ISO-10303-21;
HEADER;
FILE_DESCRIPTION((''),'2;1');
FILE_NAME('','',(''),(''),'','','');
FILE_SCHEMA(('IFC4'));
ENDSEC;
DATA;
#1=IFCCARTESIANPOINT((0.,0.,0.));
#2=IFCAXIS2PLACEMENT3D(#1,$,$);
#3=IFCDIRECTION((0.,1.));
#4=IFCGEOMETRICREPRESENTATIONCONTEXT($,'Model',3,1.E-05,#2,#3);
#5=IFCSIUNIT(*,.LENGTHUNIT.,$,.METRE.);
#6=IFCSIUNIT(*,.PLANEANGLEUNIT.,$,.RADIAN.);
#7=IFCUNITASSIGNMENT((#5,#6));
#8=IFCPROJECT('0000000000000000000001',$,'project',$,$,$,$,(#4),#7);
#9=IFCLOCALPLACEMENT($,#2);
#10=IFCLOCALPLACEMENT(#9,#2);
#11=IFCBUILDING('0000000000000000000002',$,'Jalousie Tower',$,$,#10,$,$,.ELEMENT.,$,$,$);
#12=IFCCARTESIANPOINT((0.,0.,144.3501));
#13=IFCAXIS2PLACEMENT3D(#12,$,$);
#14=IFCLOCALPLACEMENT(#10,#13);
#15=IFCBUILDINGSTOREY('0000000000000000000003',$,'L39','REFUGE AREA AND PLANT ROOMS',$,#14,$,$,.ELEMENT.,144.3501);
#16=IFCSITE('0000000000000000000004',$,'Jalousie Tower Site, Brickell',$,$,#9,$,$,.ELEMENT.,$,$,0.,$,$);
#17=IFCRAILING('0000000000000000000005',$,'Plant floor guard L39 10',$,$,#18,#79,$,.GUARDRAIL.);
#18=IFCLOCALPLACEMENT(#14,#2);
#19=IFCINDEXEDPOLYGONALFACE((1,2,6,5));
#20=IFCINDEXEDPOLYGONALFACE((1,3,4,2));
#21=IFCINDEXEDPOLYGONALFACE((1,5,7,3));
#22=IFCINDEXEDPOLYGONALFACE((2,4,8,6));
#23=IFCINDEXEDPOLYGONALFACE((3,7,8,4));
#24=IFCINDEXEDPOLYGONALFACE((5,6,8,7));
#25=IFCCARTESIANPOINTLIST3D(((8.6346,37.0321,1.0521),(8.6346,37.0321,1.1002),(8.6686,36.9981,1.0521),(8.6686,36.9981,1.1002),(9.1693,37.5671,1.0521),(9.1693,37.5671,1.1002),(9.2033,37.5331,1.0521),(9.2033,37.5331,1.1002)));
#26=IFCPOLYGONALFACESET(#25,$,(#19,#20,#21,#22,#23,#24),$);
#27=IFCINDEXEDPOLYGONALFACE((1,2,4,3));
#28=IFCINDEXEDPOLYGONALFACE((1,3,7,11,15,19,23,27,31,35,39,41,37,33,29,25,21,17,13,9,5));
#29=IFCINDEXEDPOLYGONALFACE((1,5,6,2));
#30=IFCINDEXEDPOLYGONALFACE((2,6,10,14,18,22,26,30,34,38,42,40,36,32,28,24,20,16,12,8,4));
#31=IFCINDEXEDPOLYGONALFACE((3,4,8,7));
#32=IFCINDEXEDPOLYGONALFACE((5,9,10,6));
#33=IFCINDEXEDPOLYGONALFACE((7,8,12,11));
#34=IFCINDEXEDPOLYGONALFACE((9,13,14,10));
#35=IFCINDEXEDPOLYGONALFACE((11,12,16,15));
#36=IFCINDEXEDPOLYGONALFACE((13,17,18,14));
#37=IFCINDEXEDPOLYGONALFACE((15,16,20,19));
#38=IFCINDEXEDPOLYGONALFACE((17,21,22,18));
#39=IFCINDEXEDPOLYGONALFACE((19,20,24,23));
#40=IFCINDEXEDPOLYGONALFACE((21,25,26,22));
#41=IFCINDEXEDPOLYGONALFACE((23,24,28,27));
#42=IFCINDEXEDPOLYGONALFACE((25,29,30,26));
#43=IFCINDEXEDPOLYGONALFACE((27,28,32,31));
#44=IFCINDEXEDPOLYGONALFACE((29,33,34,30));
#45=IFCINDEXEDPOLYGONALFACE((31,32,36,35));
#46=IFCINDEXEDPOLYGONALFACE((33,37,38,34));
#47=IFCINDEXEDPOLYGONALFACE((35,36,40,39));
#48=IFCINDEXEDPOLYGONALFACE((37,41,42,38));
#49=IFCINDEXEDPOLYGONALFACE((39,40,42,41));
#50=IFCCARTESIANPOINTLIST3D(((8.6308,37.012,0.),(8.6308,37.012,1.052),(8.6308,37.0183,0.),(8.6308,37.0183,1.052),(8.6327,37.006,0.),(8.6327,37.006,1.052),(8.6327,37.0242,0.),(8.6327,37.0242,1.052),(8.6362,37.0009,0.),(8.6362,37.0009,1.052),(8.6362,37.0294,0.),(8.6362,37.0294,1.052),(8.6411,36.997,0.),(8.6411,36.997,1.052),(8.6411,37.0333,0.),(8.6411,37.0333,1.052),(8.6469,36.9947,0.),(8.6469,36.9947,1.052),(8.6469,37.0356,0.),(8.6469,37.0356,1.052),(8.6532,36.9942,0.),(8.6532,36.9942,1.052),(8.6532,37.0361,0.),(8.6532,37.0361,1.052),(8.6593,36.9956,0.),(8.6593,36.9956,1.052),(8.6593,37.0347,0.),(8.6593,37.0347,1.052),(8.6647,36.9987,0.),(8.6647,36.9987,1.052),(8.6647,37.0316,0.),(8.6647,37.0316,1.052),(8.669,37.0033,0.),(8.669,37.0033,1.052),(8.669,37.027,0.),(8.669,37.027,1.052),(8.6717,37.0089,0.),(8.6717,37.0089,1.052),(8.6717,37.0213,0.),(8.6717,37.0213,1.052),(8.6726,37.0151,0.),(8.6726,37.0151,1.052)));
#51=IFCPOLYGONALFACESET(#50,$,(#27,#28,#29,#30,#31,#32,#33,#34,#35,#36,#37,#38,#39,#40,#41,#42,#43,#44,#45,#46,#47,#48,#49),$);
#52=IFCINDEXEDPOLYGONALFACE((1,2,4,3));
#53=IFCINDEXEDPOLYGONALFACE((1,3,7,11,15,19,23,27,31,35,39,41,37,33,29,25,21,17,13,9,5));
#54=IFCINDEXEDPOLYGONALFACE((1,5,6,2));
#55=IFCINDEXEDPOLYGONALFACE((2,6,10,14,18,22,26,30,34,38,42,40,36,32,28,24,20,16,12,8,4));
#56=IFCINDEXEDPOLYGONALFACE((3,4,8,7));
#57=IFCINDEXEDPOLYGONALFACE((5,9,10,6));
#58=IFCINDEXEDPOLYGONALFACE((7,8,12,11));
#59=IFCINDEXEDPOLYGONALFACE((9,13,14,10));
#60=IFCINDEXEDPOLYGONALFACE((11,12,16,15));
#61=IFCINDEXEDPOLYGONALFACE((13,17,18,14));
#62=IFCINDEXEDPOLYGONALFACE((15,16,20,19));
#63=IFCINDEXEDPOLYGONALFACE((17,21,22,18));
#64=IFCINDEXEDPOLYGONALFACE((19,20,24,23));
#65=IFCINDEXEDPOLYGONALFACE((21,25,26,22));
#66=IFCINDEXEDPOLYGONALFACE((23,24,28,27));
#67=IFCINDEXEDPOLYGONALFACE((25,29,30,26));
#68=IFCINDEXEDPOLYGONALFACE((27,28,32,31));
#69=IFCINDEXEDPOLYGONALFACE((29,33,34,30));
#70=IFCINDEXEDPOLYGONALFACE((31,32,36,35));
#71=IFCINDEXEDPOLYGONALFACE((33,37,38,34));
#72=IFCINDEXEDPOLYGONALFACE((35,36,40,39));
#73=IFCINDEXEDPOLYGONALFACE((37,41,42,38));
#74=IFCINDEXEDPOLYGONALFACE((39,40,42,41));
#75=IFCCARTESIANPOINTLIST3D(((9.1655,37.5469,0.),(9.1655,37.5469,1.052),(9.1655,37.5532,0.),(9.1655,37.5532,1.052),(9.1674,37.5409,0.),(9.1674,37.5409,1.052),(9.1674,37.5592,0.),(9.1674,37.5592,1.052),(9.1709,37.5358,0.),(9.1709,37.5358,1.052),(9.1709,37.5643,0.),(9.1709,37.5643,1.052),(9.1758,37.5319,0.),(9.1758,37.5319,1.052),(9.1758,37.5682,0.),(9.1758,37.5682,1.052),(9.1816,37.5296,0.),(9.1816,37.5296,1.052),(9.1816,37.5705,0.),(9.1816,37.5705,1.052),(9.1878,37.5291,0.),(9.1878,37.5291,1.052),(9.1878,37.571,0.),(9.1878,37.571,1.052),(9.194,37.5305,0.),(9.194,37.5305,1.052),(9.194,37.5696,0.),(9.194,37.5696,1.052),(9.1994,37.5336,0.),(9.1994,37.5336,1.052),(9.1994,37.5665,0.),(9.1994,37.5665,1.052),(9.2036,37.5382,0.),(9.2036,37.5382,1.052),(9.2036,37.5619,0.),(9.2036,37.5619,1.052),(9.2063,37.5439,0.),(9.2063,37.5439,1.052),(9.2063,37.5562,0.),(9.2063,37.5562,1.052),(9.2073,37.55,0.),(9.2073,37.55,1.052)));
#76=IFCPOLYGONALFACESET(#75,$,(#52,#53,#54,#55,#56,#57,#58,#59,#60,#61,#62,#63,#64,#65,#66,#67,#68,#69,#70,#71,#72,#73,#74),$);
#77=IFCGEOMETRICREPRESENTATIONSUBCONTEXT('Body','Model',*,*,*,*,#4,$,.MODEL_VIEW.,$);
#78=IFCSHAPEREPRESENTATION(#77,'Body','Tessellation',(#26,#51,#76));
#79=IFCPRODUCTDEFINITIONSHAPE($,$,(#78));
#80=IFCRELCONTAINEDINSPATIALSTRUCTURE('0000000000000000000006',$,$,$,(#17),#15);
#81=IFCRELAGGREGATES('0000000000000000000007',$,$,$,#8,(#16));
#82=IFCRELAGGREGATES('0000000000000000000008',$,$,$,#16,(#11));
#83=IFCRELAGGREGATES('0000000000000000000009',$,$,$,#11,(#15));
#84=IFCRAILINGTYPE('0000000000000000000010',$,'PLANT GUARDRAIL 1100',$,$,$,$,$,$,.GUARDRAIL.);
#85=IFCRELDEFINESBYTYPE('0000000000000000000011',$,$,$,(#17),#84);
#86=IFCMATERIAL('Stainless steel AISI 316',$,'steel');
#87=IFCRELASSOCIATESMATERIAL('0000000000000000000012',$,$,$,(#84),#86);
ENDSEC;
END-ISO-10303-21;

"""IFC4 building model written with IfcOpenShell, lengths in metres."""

from ifc_helpers import new_model, si_unit, direction, frame, origin, origin_2d, place, context, subcontext, project, spatial, rectangle, circle, extrude, material, type_object, element, save


model = new_model("IFC4")

# Units and contexts
model_context = context("Model", 3, precision=1e-05, world=origin(), true_north=direction((0.0, 1.0)))
body_context = subcontext(model_context, "Body", "Model", "MODEL_VIEW")
ifc_project = project(units=[si_unit("LENGTHUNIT", "METRE"), si_unit("PLANEANGLEUNIT", "RADIAN")], contexts=[model_context])

# Site, building, storey
site_placement = place(None, origin())
site = spatial("IfcSite", under=ifc_project, at=site_placement, Name="Jalousie Tower Site, Brickell", CompositionType="ELEMENT", RefElevation=0.0)
building_placement = place(site_placement, origin())
building = spatial("IfcBuilding", under=site, at=building_placement, Name="Jalousie Tower", CompositionType="ELEMENT")
storey_placement = place(building_placement, frame((0.0, 0.0, 144.3501)))
storey = spatial("IfcBuildingStorey", under=building, at=storey_placement, Name="L39", Description="REFUGE AREA AND PLANT ROOMS", CompositionType="ELEMENT", Elevation=144.3501)

# Railing
ifc_material_1 = material(Name="Stainless steel AISI 316", Category="steel")
railing_type = type_object("IfcRailingType", Name="PLANT GUARDRAIL 1100", PredefinedType="GUARDRAIL", material=ifc_material_1)
railing_1_placement = place(storey_placement, frame((8.6516, 37.0151, 0.0)))
element("IfcRailing", 1, at=railing_1_placement, inside=storey, type_object=railing_type, Name="Plant floor guard L39 10", PredefinedType="GUARDRAIL", context=body_context, shape_type="SweptSolid", body=[
    extrude(rectangle(XDim=0.0481, YDim=0.0481, at=origin_2d()), frame((0.0, 0.0, 1.0762), z_axis=(0.706945, 0.707268, 0.0), x_axis=(-0.707268, 0.706945, 0.0)), (0.0, 0.0, 1.0), 0.7563),
    extrude(circle(Radius=0.021, at=origin_2d()), origin(), (0.0, 0.0, 1.0), 1.052),
    extrude(circle(Radius=0.021, at=origin_2d()), frame((0.5347, 0.5349, 0.0)), (0.0, 0.0, 1.0), 1.052),
])

save(model, "model.ifc")
